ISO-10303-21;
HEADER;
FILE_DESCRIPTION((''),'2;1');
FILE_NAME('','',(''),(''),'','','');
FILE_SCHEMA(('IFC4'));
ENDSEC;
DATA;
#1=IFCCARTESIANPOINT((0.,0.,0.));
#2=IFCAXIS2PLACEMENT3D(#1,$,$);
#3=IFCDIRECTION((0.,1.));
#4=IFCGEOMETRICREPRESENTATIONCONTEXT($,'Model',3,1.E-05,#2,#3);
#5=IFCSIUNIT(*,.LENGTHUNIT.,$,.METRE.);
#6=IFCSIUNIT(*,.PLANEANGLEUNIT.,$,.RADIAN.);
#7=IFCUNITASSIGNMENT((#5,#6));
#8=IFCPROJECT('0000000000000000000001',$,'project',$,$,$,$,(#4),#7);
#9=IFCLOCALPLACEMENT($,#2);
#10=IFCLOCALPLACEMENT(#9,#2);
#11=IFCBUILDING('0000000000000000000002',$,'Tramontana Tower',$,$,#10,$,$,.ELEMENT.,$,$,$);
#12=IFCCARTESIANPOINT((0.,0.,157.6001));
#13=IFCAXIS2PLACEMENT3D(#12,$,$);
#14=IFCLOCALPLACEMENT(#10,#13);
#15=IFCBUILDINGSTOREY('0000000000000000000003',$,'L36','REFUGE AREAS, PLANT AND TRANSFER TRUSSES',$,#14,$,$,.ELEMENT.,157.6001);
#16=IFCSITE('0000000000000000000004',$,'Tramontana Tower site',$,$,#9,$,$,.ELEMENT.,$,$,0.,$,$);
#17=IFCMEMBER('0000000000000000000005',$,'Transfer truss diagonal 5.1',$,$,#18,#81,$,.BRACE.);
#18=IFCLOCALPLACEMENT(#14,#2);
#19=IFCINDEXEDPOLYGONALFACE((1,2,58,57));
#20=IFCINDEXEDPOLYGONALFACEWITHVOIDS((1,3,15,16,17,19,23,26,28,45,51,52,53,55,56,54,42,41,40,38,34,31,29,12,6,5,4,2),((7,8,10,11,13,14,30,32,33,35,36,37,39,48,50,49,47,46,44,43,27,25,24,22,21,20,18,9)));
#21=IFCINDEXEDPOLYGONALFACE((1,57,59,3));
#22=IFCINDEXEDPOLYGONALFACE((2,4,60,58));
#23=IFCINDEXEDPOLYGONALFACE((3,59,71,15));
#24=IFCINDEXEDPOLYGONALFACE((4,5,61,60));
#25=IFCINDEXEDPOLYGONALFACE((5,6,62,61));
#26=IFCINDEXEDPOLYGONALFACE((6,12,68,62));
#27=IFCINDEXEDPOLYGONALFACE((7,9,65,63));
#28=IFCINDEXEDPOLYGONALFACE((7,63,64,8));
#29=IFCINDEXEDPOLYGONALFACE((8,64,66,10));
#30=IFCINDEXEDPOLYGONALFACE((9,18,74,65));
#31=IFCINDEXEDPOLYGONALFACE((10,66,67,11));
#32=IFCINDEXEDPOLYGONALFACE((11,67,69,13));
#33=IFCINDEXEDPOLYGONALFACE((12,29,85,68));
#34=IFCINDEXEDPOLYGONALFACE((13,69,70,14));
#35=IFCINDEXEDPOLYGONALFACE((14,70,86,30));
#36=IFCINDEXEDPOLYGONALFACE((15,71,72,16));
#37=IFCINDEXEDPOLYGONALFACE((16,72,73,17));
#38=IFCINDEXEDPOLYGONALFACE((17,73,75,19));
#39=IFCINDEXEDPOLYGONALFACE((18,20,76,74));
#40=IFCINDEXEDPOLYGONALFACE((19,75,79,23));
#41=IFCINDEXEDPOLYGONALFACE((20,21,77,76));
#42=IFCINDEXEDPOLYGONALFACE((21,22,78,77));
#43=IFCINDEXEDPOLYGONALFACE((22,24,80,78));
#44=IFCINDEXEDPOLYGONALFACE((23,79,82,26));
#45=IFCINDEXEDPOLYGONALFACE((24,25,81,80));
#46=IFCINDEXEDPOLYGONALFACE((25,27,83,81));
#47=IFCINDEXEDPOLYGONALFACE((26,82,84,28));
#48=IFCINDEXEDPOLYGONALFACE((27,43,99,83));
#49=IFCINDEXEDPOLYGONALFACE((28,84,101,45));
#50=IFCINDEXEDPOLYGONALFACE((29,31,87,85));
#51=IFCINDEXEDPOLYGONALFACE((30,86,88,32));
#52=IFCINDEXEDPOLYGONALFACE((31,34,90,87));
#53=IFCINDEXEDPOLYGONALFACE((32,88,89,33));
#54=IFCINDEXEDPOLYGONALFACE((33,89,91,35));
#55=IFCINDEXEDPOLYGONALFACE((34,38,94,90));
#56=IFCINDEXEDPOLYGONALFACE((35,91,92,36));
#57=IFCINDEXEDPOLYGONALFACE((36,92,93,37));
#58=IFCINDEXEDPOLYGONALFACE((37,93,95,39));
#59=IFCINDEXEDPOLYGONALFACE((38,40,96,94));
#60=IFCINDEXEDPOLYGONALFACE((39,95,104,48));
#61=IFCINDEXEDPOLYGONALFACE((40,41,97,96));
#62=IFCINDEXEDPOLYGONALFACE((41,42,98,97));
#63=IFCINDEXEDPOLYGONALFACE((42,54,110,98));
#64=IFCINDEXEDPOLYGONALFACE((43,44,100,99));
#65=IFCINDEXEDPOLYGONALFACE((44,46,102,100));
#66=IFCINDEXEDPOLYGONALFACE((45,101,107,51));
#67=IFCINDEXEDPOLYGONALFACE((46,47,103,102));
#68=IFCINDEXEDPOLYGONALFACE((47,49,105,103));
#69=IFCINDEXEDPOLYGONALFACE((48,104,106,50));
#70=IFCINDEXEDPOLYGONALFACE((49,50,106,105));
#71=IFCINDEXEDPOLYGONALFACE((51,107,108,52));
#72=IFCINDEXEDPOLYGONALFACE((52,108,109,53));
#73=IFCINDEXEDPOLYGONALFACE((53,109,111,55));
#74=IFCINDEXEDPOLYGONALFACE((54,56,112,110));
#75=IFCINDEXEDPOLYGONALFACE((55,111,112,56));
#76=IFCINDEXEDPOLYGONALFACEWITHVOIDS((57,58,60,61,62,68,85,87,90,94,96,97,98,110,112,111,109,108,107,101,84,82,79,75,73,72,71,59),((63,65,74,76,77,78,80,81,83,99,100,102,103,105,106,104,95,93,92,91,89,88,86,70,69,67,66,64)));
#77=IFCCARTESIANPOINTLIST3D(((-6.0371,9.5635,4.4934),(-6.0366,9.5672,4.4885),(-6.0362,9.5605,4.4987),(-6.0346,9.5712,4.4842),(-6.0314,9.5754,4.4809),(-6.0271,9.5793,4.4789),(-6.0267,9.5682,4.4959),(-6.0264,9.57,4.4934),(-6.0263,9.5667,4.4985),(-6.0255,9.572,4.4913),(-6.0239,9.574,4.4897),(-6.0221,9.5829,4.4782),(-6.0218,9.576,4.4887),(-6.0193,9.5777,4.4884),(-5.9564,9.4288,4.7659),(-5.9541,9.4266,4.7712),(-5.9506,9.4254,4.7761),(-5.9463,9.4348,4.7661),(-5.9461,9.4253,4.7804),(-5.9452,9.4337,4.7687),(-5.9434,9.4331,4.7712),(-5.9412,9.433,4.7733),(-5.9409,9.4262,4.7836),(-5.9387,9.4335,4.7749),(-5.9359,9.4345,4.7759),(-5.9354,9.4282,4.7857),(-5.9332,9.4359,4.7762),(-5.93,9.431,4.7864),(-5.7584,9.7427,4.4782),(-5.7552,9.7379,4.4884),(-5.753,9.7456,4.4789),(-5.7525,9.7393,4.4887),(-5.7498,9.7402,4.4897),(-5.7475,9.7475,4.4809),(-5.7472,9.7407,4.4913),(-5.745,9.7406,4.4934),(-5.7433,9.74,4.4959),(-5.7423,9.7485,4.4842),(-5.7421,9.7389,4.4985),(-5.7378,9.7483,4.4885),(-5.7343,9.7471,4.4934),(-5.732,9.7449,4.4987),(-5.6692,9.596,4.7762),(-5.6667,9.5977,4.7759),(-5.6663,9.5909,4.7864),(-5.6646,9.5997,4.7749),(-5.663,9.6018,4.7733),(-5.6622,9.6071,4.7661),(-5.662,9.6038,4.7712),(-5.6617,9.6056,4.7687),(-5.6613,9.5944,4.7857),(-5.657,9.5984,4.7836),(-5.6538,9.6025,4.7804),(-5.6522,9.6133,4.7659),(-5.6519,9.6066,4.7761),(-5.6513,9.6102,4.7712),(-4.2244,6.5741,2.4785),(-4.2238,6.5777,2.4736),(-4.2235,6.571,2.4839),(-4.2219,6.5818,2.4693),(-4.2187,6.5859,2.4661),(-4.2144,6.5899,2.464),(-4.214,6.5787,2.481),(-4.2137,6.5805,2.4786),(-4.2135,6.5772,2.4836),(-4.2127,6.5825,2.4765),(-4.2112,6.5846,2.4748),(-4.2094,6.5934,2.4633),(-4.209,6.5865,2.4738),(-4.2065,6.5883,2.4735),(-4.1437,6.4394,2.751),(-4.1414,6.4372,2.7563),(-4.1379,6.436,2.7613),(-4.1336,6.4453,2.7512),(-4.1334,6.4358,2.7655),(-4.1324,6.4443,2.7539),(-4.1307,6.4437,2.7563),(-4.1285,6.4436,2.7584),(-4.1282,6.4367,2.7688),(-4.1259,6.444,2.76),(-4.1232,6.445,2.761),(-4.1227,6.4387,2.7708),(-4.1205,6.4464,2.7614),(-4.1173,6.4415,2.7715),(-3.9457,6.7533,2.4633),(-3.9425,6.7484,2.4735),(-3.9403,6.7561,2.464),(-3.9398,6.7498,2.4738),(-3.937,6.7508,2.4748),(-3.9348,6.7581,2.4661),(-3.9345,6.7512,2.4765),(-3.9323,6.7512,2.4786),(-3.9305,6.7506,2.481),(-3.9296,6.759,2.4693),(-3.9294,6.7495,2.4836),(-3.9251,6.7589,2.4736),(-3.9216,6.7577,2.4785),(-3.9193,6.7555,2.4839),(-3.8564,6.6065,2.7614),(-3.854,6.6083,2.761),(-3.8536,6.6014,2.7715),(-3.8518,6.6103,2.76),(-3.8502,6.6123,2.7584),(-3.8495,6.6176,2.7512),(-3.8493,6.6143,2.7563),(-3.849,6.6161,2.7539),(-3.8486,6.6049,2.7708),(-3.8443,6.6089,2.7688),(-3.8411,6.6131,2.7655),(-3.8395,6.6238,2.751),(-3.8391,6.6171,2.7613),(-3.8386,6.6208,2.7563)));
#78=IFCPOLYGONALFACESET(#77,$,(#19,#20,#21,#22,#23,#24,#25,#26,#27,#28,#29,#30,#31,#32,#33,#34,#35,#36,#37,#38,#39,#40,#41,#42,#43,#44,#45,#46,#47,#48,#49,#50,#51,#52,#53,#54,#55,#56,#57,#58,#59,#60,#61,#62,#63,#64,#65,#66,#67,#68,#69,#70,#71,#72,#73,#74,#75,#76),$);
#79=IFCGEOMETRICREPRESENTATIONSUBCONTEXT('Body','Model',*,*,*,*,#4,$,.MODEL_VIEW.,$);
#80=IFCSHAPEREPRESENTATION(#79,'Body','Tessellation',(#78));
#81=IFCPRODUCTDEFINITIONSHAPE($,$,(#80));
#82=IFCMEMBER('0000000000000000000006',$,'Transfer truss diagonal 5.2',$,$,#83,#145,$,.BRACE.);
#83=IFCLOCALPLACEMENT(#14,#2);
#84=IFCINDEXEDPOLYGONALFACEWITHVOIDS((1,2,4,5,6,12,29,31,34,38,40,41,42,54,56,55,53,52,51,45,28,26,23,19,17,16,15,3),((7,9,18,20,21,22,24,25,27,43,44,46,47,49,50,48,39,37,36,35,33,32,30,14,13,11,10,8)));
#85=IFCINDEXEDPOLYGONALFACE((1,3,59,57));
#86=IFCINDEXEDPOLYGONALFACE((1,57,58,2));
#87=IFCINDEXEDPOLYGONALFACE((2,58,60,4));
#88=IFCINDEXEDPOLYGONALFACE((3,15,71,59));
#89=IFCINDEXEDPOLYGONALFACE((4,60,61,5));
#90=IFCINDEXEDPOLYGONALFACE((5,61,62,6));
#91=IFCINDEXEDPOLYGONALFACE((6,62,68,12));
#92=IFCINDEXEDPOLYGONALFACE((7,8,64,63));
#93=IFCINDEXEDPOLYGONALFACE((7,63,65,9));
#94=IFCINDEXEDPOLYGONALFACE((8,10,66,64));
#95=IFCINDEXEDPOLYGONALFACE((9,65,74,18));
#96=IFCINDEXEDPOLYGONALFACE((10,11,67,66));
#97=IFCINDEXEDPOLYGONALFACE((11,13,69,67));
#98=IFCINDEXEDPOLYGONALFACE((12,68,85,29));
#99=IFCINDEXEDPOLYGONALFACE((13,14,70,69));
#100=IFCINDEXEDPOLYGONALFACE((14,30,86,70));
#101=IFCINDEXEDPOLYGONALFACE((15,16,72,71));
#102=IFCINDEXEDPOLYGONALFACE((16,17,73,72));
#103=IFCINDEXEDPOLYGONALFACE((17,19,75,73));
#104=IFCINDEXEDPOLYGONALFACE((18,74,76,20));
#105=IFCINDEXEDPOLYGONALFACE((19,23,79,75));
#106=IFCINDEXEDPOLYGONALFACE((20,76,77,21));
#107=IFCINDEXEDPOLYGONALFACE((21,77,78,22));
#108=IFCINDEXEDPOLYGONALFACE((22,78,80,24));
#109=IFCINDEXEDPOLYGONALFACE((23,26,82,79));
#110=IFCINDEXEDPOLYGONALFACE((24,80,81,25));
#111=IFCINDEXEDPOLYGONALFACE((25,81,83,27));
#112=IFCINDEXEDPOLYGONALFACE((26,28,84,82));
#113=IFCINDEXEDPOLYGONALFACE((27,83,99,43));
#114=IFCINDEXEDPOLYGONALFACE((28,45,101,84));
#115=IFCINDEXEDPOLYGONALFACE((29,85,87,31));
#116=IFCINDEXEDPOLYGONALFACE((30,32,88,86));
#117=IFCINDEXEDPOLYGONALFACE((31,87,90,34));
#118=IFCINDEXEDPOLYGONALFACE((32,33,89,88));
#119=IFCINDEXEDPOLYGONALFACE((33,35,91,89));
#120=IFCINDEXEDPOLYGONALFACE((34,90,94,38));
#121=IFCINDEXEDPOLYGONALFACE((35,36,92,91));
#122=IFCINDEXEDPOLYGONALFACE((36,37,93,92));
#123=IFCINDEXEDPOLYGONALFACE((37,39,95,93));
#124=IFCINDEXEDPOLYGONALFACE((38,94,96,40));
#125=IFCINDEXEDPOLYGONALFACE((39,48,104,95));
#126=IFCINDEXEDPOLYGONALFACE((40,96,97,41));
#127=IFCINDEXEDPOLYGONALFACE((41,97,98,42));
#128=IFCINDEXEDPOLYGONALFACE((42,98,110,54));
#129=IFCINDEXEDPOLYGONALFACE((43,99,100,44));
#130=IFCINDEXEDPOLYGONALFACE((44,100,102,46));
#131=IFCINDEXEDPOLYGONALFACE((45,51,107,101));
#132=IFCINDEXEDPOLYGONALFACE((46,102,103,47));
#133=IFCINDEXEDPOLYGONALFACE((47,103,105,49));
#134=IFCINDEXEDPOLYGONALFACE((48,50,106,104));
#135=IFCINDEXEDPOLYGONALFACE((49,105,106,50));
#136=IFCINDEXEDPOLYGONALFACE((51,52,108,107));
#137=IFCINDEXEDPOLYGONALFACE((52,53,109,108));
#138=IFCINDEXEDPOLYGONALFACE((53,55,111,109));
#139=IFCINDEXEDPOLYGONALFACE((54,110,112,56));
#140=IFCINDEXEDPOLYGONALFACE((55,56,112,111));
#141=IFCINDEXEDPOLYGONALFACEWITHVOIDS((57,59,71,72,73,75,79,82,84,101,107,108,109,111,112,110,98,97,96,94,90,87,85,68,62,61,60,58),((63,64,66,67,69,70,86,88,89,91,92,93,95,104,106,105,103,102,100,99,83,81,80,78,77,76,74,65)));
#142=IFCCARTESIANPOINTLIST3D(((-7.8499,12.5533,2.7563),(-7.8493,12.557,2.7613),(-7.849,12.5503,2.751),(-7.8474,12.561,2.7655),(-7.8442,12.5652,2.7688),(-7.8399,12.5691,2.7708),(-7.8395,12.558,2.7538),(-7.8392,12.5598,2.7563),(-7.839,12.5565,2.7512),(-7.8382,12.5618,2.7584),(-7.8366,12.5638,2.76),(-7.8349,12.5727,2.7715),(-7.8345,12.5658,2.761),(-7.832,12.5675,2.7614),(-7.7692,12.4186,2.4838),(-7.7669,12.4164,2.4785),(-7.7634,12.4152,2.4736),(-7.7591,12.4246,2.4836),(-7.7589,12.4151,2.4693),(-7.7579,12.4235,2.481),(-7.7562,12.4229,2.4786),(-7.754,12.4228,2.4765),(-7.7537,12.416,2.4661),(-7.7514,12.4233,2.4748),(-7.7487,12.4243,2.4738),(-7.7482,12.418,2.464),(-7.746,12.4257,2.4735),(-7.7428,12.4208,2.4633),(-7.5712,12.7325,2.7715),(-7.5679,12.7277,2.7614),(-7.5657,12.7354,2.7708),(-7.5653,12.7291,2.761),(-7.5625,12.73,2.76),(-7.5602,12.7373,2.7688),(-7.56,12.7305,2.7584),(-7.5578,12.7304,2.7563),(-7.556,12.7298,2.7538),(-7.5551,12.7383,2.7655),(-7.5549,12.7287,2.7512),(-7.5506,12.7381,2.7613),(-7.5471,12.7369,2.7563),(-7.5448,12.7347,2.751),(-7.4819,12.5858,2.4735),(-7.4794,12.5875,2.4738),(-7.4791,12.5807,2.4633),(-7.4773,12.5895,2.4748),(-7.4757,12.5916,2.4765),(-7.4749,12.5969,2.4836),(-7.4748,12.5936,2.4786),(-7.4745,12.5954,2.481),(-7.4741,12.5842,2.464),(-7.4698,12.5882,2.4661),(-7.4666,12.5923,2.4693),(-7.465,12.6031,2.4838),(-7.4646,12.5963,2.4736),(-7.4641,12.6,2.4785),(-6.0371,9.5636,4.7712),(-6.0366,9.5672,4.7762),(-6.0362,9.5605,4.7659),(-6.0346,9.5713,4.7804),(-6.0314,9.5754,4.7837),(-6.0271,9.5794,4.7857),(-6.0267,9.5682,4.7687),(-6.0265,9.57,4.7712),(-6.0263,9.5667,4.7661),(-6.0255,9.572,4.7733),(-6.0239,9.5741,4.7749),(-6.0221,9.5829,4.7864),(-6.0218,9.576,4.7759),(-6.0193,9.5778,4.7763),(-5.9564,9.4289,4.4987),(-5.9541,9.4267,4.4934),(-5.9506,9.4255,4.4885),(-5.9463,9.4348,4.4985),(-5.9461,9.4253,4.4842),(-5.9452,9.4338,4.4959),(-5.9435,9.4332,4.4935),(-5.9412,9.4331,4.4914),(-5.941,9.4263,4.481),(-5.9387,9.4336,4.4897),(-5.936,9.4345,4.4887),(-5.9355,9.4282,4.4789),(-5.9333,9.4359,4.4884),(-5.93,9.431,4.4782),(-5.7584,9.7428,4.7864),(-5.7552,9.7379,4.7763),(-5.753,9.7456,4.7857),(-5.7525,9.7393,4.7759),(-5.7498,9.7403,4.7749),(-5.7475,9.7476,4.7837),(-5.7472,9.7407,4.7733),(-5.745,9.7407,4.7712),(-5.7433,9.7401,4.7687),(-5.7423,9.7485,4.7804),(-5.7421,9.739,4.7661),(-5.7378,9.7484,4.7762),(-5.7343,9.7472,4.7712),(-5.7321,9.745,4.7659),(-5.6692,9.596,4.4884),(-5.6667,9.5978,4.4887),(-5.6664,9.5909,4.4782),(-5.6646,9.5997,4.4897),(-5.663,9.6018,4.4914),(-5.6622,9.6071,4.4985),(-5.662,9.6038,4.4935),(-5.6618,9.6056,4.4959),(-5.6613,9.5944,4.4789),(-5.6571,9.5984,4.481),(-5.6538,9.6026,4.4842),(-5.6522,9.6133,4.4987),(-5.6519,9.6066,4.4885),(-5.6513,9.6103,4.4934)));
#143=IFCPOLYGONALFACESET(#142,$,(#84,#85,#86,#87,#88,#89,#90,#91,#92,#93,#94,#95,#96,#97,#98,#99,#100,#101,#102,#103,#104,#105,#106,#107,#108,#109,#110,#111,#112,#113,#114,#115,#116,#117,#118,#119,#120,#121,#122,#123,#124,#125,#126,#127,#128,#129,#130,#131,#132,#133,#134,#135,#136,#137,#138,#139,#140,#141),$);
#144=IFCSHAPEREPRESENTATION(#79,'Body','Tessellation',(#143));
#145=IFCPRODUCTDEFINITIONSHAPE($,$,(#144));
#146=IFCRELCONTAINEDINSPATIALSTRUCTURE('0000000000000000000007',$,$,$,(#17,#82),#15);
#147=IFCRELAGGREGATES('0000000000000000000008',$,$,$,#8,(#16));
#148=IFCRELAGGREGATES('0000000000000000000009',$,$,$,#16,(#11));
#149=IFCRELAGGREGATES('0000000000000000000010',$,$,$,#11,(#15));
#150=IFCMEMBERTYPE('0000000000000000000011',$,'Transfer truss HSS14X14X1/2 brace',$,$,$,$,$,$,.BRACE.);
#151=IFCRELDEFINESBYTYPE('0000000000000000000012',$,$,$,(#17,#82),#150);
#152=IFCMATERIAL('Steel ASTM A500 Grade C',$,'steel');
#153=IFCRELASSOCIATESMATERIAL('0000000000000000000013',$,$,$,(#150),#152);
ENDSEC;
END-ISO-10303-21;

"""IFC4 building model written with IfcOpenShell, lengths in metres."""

from ifc_helpers import new_model, si_unit, direction, frame, origin, origin_2d, place, context, subcontext, project, spatial, hollow_rectangle, extrude, material, material_profile, profile_set, type_object, element, save


model = new_model("IFC4")

# Units and contexts
model_context = context("Model", 3, precision=1e-05, world=origin(), true_north=direction((0.0, 1.0)))
body_context = subcontext(model_context, "Body", "Model", "MODEL_VIEW")
ifc_project = project(units=[si_unit("LENGTHUNIT", "METRE"), si_unit("PLANEANGLEUNIT", "RADIAN")], contexts=[model_context])

# Site, building, storey
site_placement = place(None, origin())
site = spatial("IfcSite", under=ifc_project, at=site_placement, Name="Tramontana Tower site", CompositionType="ELEMENT", RefElevation=0.0)
building_placement = place(site_placement, origin())
building = spatial("IfcBuilding", under=site, at=building_placement, Name="Tramontana Tower", CompositionType="ELEMENT")
storey_placement = place(building_placement, frame((0.0, 0.0, 157.6001)))
storey = spatial("IfcBuildingStorey", under=building, at=storey_placement, Name="L36", Description="REFUGE AREAS, PLANT AND TRANSFER TRUSSES", CompositionType="ELEMENT", Elevation=157.6001)

# Members
ifc_material_1 = material(Name="Steel ASTM A500 Grade C", Category="steel")
ifc_material_profile_1 = material_profile(ifc_material_1, hollow_rectangle(XDim=0.3557, YDim=0.3557, WallThickness=0.0117, InnerFilletRadius=0.0117, OuterFilletRadius=0.0237, at=origin_2d()), Name="HSS14X14X1/2")
ifc_profile_set_1 = profile_set([ifc_material_profile_1], Name="Steel ASTM A500 Grade C")
member_type_1 = type_object("IfcMemberType", Name="Transfer truss HSS14X14X1/2 brace", PredefinedType="BRACE", material=ifc_profile_set_1)
member_1_placement = place(storey_placement, frame((-4.0315, 6.5974, 2.6174), z_axis=(-0.449231, 0.740853, 0.499327), x_axis=(-0.855081, -0.518495, 0.0)))
element("IfcMember", 1, at=member_1_placement, inside=storey, type_object=member_type_1, Name="Transfer truss diagonal 5.1", PredefinedType="BRACE", context=body_context, shape_type="SweptSolid", body=[
    extrude(hollow_rectangle(XDim=0.3557, YDim=0.3557, WallThickness=0.0117, InnerFilletRadius=0.0117, OuterFilletRadius=0.0237, at=origin_2d()), origin(), (0.0, 0.0, 1.0), 4.0352),
])
member_2_placement = place(storey_placement, frame((-5.8442, 9.5869, 4.6323), z_axis=(-0.449211, 0.740881, -0.499305), x_axis=(-0.855099, -0.518464, 0.0)))
element("IfcMember", 2, at=member_2_placement, inside=storey, type_object=member_type_1, Name="Transfer truss diagonal 5.2", PredefinedType="BRACE", context=body_context, shape_type="SweptSolid", body=[
    extrude(hollow_rectangle(XDim=0.3557, YDim=0.3557, WallThickness=0.0117, InnerFilletRadius=0.0117, OuterFilletRadius=0.0237, at=origin_2d()), origin(), (0.0, 0.0, 1.0), 4.0354),
])

save(model, "model.ifc")
